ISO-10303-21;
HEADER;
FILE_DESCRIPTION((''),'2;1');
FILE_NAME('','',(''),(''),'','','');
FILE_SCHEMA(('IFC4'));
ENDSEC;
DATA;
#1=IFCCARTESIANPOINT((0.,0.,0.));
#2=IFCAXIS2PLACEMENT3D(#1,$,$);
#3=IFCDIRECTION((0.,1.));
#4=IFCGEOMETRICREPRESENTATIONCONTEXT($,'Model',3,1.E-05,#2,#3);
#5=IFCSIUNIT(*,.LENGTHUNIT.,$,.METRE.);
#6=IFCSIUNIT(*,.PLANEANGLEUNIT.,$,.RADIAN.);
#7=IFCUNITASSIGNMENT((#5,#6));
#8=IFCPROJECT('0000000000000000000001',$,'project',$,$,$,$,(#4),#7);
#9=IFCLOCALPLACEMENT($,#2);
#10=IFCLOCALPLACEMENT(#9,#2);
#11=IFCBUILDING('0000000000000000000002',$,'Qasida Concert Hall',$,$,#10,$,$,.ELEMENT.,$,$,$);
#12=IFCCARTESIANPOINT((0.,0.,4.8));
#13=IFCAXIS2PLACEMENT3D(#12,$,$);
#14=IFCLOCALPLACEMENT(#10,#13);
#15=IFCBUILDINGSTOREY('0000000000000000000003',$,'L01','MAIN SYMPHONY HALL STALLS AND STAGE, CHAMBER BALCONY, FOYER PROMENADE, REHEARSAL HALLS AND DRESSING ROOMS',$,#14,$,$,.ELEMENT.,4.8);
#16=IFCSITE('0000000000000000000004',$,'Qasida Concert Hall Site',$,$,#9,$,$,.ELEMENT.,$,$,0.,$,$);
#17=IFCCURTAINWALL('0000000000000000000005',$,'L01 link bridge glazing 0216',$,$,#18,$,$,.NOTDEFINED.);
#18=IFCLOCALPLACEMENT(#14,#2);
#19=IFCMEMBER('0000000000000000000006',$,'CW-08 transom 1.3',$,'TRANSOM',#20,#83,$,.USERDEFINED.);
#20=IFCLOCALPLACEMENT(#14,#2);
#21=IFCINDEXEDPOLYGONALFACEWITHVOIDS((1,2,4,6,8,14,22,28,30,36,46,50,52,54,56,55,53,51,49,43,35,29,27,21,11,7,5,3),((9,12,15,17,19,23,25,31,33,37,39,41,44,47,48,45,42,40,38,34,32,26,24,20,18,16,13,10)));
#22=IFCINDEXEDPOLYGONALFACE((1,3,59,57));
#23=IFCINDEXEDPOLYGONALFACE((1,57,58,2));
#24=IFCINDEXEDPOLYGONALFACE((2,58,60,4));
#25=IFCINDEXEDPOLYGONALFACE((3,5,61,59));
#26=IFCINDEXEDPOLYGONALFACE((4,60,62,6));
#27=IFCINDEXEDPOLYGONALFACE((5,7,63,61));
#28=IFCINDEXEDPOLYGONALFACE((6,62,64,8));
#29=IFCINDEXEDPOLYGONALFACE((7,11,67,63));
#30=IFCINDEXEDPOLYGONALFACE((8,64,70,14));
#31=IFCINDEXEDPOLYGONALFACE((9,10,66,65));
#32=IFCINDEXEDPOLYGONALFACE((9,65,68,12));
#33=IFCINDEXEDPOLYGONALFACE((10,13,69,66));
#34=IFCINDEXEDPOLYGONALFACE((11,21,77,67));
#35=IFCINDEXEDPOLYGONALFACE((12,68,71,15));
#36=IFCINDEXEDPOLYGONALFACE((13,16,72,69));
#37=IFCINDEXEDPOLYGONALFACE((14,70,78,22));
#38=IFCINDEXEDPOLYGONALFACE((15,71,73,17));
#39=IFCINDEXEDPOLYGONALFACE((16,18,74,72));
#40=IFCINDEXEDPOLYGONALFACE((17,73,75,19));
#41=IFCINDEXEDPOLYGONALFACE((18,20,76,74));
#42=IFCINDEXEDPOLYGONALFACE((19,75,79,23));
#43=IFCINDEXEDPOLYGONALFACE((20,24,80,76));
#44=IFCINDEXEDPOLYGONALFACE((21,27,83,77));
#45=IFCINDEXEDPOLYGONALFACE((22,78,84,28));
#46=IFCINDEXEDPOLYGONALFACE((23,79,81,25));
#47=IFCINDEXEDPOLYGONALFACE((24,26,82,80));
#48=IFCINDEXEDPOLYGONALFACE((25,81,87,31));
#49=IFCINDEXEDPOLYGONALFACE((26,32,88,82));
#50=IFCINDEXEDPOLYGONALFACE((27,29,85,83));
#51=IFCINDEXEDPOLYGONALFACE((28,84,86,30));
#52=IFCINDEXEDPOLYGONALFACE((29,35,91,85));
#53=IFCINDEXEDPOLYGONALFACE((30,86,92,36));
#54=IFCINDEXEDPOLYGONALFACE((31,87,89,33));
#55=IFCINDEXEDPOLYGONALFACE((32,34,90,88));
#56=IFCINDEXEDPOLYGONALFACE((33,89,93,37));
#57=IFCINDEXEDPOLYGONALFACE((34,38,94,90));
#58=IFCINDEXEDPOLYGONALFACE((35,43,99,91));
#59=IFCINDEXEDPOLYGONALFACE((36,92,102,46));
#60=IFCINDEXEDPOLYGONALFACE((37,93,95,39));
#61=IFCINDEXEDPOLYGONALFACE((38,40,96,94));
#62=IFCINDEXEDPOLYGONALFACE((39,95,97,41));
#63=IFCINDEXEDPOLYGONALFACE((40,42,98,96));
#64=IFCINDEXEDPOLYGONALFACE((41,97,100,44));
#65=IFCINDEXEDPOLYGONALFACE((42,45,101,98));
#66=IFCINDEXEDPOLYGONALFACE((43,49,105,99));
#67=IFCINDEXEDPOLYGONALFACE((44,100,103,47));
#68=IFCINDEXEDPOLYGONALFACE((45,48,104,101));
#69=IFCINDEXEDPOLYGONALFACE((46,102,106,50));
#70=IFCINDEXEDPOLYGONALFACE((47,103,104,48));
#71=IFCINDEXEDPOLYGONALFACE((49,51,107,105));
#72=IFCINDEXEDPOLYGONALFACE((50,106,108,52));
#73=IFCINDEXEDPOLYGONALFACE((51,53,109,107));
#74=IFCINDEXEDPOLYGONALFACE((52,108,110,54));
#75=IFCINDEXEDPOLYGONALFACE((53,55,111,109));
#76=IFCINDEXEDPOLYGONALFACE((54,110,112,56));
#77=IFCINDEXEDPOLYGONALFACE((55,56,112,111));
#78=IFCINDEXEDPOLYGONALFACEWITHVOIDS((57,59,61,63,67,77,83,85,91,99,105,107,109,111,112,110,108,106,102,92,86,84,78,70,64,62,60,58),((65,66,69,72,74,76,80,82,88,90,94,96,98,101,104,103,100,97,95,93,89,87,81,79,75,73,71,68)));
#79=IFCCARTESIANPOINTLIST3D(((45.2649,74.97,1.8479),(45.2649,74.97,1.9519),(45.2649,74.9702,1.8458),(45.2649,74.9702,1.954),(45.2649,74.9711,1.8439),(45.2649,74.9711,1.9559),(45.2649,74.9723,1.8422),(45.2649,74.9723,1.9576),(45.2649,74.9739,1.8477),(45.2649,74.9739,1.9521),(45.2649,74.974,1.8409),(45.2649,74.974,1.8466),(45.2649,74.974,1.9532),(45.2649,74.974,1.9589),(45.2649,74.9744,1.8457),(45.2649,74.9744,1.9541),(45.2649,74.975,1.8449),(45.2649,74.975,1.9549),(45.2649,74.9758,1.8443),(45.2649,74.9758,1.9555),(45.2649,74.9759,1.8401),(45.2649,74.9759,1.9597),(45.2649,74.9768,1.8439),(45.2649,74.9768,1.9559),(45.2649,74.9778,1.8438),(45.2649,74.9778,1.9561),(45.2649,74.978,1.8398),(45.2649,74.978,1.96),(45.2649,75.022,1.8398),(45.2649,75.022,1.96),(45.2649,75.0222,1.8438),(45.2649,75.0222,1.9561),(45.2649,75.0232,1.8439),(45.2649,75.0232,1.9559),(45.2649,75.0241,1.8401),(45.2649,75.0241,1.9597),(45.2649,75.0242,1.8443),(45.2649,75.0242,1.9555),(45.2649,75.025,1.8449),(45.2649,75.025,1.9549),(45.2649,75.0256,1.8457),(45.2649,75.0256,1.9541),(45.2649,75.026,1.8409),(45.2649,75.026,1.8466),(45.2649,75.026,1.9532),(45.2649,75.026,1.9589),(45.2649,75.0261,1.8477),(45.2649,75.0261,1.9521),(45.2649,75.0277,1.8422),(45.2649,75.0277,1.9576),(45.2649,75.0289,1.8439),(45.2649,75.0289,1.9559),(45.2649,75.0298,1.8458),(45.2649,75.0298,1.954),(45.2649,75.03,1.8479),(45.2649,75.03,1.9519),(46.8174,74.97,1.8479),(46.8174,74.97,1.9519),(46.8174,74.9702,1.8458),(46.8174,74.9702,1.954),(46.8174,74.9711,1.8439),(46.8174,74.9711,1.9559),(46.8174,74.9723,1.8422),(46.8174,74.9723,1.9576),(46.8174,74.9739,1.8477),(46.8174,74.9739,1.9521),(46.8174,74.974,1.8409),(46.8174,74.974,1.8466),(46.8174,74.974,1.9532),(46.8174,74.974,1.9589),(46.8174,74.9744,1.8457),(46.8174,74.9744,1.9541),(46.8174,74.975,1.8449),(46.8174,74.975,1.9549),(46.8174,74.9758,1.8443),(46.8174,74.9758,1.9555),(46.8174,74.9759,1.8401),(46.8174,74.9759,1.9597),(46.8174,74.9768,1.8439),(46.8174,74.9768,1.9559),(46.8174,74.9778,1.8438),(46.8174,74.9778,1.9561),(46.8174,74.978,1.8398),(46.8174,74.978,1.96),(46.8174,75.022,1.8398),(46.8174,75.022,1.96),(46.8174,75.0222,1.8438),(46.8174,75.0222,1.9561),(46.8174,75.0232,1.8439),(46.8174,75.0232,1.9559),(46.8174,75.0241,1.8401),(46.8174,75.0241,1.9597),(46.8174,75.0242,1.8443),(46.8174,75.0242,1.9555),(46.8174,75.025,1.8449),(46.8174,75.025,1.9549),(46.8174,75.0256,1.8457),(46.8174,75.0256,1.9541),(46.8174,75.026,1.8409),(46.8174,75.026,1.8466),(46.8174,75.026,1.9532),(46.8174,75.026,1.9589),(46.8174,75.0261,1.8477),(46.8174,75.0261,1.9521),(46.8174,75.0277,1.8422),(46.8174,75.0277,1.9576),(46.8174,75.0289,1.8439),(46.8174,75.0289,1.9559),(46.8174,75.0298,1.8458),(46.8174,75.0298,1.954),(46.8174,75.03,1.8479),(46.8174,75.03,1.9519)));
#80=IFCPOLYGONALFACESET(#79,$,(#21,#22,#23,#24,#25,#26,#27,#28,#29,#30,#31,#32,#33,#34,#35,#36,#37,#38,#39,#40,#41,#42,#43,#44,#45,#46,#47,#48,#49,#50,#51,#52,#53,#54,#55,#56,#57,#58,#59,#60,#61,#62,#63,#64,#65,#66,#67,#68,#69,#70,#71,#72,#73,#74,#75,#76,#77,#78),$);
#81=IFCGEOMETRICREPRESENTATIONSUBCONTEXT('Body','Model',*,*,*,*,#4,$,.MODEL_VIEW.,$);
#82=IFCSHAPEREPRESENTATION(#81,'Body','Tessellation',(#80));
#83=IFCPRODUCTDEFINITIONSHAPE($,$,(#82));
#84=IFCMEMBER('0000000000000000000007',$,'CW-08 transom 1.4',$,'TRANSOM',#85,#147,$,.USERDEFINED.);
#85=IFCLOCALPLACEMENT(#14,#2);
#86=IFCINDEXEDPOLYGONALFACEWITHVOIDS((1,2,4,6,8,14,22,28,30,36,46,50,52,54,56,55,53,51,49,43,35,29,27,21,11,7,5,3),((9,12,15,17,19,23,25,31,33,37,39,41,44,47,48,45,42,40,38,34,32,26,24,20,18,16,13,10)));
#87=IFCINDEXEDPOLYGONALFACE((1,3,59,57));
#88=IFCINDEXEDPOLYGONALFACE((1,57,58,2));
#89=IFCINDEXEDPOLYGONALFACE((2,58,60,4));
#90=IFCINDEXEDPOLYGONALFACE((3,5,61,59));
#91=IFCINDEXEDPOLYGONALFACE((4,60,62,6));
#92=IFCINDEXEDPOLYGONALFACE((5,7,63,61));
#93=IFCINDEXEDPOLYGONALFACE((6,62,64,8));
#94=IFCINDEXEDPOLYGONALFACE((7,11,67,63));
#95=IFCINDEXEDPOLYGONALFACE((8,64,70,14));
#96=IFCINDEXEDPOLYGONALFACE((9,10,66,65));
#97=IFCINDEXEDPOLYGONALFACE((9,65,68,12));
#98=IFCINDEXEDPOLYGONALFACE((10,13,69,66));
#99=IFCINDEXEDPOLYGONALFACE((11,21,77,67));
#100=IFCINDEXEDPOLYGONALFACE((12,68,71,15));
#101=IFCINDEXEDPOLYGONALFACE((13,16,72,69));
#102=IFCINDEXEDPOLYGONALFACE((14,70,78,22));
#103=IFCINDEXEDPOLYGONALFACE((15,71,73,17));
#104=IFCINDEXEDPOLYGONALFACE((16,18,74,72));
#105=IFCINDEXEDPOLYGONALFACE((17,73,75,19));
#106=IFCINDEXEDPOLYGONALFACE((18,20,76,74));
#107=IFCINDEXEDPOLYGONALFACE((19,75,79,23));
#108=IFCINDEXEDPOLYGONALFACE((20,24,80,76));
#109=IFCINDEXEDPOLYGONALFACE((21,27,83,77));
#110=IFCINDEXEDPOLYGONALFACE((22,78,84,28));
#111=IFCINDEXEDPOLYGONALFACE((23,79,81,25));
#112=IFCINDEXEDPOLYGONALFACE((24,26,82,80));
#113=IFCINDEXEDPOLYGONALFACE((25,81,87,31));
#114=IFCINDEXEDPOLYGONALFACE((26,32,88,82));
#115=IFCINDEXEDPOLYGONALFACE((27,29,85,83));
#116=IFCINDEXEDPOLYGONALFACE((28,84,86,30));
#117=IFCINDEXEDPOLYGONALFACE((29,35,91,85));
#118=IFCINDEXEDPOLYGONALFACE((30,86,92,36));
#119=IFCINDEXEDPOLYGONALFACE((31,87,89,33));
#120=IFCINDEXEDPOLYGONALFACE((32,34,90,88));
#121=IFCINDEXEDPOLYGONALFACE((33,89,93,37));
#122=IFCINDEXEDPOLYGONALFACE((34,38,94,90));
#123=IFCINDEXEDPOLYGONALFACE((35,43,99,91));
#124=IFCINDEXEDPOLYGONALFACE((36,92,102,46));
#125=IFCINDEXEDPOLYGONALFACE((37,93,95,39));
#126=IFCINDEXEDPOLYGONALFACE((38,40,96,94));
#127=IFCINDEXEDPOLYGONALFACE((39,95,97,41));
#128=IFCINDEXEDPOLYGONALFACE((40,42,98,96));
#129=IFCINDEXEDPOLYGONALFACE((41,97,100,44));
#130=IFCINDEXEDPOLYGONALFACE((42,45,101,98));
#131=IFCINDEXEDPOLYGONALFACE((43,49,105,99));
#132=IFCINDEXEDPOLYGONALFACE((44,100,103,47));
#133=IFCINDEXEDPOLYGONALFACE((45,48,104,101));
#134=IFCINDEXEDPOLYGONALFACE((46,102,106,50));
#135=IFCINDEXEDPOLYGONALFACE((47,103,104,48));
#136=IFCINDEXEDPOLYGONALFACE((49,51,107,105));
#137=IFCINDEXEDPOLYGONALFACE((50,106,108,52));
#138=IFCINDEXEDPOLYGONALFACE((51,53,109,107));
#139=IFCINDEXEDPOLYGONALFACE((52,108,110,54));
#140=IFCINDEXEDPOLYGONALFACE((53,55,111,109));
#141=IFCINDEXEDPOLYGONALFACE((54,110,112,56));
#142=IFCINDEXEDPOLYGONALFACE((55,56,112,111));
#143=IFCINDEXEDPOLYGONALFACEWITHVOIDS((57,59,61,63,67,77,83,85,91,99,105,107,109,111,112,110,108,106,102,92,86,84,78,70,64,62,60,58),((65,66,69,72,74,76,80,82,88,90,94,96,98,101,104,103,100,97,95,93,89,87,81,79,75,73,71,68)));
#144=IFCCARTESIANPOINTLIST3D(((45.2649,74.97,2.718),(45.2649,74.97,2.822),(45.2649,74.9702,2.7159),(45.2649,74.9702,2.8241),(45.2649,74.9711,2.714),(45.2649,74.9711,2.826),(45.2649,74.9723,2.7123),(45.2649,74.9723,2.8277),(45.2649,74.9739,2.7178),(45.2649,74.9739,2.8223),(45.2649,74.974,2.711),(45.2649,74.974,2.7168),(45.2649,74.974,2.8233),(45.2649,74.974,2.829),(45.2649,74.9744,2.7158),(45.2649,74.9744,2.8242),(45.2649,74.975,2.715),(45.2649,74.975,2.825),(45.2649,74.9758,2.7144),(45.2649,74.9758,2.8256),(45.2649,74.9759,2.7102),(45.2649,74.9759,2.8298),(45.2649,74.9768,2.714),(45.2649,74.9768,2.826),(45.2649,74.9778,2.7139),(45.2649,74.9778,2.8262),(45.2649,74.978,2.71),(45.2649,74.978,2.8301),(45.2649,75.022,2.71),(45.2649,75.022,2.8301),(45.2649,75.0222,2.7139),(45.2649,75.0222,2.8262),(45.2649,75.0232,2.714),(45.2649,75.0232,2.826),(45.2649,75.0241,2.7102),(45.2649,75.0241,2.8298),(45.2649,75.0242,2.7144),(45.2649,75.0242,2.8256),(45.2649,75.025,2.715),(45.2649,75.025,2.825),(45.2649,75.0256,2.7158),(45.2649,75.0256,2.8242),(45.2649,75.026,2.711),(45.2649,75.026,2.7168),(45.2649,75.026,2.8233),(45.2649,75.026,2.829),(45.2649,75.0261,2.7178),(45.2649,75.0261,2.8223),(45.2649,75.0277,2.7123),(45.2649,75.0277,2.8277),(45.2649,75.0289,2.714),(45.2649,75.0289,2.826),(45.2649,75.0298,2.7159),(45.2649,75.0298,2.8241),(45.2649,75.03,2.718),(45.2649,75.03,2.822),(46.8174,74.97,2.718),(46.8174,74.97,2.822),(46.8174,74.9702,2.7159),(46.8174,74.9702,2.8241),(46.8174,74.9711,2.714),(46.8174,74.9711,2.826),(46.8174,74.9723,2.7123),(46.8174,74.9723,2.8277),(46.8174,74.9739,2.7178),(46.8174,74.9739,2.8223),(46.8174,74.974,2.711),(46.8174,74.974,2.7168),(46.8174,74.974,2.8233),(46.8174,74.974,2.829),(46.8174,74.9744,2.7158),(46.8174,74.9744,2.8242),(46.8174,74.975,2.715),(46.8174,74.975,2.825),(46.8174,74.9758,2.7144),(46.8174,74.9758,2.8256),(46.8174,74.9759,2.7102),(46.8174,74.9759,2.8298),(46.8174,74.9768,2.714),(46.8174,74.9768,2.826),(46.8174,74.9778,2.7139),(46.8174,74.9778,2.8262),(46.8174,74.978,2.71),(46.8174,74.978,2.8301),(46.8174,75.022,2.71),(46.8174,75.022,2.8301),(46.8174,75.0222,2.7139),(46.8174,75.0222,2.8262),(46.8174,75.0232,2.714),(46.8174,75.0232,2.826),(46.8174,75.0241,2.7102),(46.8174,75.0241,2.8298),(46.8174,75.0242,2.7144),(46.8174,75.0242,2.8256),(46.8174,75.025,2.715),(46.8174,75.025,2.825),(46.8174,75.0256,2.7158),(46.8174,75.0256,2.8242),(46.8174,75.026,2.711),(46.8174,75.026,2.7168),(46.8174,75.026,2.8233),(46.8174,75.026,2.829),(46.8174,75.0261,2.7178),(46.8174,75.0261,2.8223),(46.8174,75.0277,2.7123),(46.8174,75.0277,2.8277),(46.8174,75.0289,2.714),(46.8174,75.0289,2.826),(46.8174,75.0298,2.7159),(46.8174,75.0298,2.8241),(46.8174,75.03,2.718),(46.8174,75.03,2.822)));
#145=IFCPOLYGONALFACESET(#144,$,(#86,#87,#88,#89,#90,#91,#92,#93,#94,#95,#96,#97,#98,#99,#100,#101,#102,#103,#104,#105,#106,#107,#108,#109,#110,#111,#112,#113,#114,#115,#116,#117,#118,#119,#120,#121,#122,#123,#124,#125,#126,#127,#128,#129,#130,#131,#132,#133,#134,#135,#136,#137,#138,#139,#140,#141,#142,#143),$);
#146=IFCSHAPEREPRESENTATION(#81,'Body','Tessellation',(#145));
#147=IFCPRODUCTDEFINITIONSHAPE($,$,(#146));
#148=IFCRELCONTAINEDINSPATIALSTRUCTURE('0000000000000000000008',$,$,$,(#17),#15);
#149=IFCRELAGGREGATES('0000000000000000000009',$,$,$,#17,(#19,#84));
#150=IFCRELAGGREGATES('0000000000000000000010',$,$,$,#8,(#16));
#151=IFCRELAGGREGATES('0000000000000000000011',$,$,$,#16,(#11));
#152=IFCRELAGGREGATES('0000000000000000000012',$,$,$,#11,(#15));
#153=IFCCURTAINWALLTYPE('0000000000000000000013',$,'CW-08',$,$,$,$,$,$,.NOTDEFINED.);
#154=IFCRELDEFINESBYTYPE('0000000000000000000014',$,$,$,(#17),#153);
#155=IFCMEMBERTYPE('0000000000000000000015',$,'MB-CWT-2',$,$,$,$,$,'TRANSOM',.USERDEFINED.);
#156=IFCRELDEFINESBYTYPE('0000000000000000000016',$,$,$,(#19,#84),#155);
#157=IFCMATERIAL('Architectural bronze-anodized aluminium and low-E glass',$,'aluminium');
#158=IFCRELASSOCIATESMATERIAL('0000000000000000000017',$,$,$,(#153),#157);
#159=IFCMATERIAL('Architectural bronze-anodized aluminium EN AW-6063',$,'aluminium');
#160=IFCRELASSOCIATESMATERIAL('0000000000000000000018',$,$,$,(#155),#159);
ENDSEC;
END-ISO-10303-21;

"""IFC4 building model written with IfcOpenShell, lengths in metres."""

from ifc_helpers import new_model, si_unit, direction, frame, origin, origin_2d, place, context, subcontext, project, spatial, hollow_rectangle, extrude, material, material_profile, profile_set, type_object, element, aggregate, save


model = new_model("IFC4")

# Units and contexts
model_context = context("Model", 3, precision=1e-05, world=origin(), true_north=direction((0.0, 1.0)))
body_context = subcontext(model_context, "Body", "Model", "MODEL_VIEW")
ifc_project = project(units=[si_unit("LENGTHUNIT", "METRE"), si_unit("PLANEANGLEUNIT", "RADIAN")], contexts=[model_context])

# Site, building, storey
site_placement = place(None, origin())
site = spatial("IfcSite", under=ifc_project, at=site_placement, Name="Qasida Concert Hall Site", CompositionType="ELEMENT", RefElevation=0.0)
building_placement = place(site_placement, origin())
building = spatial("IfcBuilding", under=site, at=building_placement, Name="Qasida Concert Hall", CompositionType="ELEMENT")
storey_placement = place(building_placement, frame((0.0, 0.0, 4.8)))
storey = spatial("IfcBuildingStorey", under=building, at=storey_placement, Name="L01", Description="MAIN SYMPHONY HALL STALLS AND STAGE, CHAMBER BALCONY, FOYER PROMENADE, REHEARSAL HALLS AND DRESSING ROOMS", CompositionType="ELEMENT", Elevation=4.8)

# Shared definitions
ifc_material_1 = material(Name="Architectural bronze-anodized aluminium and low-E glass", Category="aluminium")
curtain_wall_type = type_object("IfcCurtainWallType", Name="CW-08", PredefinedType="NOTDEFINED", material=ifc_material_1)
ifc_material_2 = material(Name="Architectural bronze-anodized aluminium EN AW-6063", Category="aluminium")

# Curtain wall
curtain_wall_1_placement = place(storey_placement, origin())
curtain_wall_1 = element("IfcCurtainWall", 1, at=curtain_wall_1_placement, inside=storey, type_object=curtain_wall_type, Name="L01 link bridge glazing 0216", PredefinedType="NOTDEFINED")

# Members
ifc_material_profile_1 = material_profile(ifc_material_2, hollow_rectangle(XDim=0.0601, YDim=0.1201, WallThickness=0.0039, InnerFilletRadius=0.0039, OuterFilletRadius=0.0081, at=origin_2d()), Name="CWT 120x60x4")
ifc_profile_set_1 = profile_set([ifc_material_profile_1], Name="Architectural bronze-anodized aluminium EN AW-6063")
member_type_1 = type_object("IfcMemberType", Name="MB-CWT-2", ElementType="TRANSOM", PredefinedType="USERDEFINED", material=ifc_profile_set_1)
member_1_placement = place(storey_placement, frame((45.2649, 75.0, 1.8999), z_axis=(1.0, 0.0, 0.0), x_axis=(0.0, 1.0, 0.0)))
member_1 = element("IfcMember", 2, at=member_1_placement, type_object=member_type_1, Name="CW-08 transom 1.3", ObjectType="TRANSOM", PredefinedType="USERDEFINED", context=body_context, shape_type="SweptSolid", body=[
    extrude(hollow_rectangle(XDim=0.0601, YDim=0.1201, WallThickness=0.0039, InnerFilletRadius=0.0039, OuterFilletRadius=0.0081, at=origin_2d()), origin(), (0.0, 0.0, 1.0), 1.5525),
])
member_2_placement = place(storey_placement, frame((45.2649, 75.0, 2.77), z_axis=(1.0, 0.0, 0.0), x_axis=(0.0, 1.0, 0.0)))
member_2 = element("IfcMember", 3, at=member_2_placement, type_object=member_type_1, Name="CW-08 transom 1.4", ObjectType="TRANSOM", PredefinedType="USERDEFINED", context=body_context, shape_type="SweptSolid", body=[
    extrude(hollow_rectangle(XDim=0.0601, YDim=0.1201, WallThickness=0.0039, InnerFilletRadius=0.0039, OuterFilletRadius=0.0081, at=origin_2d()), origin(), (0.0, 0.0, 1.0), 1.5525),
])

aggregate(curtain_wall_1, [member_1, member_2])

save(model, "model.ifc")
